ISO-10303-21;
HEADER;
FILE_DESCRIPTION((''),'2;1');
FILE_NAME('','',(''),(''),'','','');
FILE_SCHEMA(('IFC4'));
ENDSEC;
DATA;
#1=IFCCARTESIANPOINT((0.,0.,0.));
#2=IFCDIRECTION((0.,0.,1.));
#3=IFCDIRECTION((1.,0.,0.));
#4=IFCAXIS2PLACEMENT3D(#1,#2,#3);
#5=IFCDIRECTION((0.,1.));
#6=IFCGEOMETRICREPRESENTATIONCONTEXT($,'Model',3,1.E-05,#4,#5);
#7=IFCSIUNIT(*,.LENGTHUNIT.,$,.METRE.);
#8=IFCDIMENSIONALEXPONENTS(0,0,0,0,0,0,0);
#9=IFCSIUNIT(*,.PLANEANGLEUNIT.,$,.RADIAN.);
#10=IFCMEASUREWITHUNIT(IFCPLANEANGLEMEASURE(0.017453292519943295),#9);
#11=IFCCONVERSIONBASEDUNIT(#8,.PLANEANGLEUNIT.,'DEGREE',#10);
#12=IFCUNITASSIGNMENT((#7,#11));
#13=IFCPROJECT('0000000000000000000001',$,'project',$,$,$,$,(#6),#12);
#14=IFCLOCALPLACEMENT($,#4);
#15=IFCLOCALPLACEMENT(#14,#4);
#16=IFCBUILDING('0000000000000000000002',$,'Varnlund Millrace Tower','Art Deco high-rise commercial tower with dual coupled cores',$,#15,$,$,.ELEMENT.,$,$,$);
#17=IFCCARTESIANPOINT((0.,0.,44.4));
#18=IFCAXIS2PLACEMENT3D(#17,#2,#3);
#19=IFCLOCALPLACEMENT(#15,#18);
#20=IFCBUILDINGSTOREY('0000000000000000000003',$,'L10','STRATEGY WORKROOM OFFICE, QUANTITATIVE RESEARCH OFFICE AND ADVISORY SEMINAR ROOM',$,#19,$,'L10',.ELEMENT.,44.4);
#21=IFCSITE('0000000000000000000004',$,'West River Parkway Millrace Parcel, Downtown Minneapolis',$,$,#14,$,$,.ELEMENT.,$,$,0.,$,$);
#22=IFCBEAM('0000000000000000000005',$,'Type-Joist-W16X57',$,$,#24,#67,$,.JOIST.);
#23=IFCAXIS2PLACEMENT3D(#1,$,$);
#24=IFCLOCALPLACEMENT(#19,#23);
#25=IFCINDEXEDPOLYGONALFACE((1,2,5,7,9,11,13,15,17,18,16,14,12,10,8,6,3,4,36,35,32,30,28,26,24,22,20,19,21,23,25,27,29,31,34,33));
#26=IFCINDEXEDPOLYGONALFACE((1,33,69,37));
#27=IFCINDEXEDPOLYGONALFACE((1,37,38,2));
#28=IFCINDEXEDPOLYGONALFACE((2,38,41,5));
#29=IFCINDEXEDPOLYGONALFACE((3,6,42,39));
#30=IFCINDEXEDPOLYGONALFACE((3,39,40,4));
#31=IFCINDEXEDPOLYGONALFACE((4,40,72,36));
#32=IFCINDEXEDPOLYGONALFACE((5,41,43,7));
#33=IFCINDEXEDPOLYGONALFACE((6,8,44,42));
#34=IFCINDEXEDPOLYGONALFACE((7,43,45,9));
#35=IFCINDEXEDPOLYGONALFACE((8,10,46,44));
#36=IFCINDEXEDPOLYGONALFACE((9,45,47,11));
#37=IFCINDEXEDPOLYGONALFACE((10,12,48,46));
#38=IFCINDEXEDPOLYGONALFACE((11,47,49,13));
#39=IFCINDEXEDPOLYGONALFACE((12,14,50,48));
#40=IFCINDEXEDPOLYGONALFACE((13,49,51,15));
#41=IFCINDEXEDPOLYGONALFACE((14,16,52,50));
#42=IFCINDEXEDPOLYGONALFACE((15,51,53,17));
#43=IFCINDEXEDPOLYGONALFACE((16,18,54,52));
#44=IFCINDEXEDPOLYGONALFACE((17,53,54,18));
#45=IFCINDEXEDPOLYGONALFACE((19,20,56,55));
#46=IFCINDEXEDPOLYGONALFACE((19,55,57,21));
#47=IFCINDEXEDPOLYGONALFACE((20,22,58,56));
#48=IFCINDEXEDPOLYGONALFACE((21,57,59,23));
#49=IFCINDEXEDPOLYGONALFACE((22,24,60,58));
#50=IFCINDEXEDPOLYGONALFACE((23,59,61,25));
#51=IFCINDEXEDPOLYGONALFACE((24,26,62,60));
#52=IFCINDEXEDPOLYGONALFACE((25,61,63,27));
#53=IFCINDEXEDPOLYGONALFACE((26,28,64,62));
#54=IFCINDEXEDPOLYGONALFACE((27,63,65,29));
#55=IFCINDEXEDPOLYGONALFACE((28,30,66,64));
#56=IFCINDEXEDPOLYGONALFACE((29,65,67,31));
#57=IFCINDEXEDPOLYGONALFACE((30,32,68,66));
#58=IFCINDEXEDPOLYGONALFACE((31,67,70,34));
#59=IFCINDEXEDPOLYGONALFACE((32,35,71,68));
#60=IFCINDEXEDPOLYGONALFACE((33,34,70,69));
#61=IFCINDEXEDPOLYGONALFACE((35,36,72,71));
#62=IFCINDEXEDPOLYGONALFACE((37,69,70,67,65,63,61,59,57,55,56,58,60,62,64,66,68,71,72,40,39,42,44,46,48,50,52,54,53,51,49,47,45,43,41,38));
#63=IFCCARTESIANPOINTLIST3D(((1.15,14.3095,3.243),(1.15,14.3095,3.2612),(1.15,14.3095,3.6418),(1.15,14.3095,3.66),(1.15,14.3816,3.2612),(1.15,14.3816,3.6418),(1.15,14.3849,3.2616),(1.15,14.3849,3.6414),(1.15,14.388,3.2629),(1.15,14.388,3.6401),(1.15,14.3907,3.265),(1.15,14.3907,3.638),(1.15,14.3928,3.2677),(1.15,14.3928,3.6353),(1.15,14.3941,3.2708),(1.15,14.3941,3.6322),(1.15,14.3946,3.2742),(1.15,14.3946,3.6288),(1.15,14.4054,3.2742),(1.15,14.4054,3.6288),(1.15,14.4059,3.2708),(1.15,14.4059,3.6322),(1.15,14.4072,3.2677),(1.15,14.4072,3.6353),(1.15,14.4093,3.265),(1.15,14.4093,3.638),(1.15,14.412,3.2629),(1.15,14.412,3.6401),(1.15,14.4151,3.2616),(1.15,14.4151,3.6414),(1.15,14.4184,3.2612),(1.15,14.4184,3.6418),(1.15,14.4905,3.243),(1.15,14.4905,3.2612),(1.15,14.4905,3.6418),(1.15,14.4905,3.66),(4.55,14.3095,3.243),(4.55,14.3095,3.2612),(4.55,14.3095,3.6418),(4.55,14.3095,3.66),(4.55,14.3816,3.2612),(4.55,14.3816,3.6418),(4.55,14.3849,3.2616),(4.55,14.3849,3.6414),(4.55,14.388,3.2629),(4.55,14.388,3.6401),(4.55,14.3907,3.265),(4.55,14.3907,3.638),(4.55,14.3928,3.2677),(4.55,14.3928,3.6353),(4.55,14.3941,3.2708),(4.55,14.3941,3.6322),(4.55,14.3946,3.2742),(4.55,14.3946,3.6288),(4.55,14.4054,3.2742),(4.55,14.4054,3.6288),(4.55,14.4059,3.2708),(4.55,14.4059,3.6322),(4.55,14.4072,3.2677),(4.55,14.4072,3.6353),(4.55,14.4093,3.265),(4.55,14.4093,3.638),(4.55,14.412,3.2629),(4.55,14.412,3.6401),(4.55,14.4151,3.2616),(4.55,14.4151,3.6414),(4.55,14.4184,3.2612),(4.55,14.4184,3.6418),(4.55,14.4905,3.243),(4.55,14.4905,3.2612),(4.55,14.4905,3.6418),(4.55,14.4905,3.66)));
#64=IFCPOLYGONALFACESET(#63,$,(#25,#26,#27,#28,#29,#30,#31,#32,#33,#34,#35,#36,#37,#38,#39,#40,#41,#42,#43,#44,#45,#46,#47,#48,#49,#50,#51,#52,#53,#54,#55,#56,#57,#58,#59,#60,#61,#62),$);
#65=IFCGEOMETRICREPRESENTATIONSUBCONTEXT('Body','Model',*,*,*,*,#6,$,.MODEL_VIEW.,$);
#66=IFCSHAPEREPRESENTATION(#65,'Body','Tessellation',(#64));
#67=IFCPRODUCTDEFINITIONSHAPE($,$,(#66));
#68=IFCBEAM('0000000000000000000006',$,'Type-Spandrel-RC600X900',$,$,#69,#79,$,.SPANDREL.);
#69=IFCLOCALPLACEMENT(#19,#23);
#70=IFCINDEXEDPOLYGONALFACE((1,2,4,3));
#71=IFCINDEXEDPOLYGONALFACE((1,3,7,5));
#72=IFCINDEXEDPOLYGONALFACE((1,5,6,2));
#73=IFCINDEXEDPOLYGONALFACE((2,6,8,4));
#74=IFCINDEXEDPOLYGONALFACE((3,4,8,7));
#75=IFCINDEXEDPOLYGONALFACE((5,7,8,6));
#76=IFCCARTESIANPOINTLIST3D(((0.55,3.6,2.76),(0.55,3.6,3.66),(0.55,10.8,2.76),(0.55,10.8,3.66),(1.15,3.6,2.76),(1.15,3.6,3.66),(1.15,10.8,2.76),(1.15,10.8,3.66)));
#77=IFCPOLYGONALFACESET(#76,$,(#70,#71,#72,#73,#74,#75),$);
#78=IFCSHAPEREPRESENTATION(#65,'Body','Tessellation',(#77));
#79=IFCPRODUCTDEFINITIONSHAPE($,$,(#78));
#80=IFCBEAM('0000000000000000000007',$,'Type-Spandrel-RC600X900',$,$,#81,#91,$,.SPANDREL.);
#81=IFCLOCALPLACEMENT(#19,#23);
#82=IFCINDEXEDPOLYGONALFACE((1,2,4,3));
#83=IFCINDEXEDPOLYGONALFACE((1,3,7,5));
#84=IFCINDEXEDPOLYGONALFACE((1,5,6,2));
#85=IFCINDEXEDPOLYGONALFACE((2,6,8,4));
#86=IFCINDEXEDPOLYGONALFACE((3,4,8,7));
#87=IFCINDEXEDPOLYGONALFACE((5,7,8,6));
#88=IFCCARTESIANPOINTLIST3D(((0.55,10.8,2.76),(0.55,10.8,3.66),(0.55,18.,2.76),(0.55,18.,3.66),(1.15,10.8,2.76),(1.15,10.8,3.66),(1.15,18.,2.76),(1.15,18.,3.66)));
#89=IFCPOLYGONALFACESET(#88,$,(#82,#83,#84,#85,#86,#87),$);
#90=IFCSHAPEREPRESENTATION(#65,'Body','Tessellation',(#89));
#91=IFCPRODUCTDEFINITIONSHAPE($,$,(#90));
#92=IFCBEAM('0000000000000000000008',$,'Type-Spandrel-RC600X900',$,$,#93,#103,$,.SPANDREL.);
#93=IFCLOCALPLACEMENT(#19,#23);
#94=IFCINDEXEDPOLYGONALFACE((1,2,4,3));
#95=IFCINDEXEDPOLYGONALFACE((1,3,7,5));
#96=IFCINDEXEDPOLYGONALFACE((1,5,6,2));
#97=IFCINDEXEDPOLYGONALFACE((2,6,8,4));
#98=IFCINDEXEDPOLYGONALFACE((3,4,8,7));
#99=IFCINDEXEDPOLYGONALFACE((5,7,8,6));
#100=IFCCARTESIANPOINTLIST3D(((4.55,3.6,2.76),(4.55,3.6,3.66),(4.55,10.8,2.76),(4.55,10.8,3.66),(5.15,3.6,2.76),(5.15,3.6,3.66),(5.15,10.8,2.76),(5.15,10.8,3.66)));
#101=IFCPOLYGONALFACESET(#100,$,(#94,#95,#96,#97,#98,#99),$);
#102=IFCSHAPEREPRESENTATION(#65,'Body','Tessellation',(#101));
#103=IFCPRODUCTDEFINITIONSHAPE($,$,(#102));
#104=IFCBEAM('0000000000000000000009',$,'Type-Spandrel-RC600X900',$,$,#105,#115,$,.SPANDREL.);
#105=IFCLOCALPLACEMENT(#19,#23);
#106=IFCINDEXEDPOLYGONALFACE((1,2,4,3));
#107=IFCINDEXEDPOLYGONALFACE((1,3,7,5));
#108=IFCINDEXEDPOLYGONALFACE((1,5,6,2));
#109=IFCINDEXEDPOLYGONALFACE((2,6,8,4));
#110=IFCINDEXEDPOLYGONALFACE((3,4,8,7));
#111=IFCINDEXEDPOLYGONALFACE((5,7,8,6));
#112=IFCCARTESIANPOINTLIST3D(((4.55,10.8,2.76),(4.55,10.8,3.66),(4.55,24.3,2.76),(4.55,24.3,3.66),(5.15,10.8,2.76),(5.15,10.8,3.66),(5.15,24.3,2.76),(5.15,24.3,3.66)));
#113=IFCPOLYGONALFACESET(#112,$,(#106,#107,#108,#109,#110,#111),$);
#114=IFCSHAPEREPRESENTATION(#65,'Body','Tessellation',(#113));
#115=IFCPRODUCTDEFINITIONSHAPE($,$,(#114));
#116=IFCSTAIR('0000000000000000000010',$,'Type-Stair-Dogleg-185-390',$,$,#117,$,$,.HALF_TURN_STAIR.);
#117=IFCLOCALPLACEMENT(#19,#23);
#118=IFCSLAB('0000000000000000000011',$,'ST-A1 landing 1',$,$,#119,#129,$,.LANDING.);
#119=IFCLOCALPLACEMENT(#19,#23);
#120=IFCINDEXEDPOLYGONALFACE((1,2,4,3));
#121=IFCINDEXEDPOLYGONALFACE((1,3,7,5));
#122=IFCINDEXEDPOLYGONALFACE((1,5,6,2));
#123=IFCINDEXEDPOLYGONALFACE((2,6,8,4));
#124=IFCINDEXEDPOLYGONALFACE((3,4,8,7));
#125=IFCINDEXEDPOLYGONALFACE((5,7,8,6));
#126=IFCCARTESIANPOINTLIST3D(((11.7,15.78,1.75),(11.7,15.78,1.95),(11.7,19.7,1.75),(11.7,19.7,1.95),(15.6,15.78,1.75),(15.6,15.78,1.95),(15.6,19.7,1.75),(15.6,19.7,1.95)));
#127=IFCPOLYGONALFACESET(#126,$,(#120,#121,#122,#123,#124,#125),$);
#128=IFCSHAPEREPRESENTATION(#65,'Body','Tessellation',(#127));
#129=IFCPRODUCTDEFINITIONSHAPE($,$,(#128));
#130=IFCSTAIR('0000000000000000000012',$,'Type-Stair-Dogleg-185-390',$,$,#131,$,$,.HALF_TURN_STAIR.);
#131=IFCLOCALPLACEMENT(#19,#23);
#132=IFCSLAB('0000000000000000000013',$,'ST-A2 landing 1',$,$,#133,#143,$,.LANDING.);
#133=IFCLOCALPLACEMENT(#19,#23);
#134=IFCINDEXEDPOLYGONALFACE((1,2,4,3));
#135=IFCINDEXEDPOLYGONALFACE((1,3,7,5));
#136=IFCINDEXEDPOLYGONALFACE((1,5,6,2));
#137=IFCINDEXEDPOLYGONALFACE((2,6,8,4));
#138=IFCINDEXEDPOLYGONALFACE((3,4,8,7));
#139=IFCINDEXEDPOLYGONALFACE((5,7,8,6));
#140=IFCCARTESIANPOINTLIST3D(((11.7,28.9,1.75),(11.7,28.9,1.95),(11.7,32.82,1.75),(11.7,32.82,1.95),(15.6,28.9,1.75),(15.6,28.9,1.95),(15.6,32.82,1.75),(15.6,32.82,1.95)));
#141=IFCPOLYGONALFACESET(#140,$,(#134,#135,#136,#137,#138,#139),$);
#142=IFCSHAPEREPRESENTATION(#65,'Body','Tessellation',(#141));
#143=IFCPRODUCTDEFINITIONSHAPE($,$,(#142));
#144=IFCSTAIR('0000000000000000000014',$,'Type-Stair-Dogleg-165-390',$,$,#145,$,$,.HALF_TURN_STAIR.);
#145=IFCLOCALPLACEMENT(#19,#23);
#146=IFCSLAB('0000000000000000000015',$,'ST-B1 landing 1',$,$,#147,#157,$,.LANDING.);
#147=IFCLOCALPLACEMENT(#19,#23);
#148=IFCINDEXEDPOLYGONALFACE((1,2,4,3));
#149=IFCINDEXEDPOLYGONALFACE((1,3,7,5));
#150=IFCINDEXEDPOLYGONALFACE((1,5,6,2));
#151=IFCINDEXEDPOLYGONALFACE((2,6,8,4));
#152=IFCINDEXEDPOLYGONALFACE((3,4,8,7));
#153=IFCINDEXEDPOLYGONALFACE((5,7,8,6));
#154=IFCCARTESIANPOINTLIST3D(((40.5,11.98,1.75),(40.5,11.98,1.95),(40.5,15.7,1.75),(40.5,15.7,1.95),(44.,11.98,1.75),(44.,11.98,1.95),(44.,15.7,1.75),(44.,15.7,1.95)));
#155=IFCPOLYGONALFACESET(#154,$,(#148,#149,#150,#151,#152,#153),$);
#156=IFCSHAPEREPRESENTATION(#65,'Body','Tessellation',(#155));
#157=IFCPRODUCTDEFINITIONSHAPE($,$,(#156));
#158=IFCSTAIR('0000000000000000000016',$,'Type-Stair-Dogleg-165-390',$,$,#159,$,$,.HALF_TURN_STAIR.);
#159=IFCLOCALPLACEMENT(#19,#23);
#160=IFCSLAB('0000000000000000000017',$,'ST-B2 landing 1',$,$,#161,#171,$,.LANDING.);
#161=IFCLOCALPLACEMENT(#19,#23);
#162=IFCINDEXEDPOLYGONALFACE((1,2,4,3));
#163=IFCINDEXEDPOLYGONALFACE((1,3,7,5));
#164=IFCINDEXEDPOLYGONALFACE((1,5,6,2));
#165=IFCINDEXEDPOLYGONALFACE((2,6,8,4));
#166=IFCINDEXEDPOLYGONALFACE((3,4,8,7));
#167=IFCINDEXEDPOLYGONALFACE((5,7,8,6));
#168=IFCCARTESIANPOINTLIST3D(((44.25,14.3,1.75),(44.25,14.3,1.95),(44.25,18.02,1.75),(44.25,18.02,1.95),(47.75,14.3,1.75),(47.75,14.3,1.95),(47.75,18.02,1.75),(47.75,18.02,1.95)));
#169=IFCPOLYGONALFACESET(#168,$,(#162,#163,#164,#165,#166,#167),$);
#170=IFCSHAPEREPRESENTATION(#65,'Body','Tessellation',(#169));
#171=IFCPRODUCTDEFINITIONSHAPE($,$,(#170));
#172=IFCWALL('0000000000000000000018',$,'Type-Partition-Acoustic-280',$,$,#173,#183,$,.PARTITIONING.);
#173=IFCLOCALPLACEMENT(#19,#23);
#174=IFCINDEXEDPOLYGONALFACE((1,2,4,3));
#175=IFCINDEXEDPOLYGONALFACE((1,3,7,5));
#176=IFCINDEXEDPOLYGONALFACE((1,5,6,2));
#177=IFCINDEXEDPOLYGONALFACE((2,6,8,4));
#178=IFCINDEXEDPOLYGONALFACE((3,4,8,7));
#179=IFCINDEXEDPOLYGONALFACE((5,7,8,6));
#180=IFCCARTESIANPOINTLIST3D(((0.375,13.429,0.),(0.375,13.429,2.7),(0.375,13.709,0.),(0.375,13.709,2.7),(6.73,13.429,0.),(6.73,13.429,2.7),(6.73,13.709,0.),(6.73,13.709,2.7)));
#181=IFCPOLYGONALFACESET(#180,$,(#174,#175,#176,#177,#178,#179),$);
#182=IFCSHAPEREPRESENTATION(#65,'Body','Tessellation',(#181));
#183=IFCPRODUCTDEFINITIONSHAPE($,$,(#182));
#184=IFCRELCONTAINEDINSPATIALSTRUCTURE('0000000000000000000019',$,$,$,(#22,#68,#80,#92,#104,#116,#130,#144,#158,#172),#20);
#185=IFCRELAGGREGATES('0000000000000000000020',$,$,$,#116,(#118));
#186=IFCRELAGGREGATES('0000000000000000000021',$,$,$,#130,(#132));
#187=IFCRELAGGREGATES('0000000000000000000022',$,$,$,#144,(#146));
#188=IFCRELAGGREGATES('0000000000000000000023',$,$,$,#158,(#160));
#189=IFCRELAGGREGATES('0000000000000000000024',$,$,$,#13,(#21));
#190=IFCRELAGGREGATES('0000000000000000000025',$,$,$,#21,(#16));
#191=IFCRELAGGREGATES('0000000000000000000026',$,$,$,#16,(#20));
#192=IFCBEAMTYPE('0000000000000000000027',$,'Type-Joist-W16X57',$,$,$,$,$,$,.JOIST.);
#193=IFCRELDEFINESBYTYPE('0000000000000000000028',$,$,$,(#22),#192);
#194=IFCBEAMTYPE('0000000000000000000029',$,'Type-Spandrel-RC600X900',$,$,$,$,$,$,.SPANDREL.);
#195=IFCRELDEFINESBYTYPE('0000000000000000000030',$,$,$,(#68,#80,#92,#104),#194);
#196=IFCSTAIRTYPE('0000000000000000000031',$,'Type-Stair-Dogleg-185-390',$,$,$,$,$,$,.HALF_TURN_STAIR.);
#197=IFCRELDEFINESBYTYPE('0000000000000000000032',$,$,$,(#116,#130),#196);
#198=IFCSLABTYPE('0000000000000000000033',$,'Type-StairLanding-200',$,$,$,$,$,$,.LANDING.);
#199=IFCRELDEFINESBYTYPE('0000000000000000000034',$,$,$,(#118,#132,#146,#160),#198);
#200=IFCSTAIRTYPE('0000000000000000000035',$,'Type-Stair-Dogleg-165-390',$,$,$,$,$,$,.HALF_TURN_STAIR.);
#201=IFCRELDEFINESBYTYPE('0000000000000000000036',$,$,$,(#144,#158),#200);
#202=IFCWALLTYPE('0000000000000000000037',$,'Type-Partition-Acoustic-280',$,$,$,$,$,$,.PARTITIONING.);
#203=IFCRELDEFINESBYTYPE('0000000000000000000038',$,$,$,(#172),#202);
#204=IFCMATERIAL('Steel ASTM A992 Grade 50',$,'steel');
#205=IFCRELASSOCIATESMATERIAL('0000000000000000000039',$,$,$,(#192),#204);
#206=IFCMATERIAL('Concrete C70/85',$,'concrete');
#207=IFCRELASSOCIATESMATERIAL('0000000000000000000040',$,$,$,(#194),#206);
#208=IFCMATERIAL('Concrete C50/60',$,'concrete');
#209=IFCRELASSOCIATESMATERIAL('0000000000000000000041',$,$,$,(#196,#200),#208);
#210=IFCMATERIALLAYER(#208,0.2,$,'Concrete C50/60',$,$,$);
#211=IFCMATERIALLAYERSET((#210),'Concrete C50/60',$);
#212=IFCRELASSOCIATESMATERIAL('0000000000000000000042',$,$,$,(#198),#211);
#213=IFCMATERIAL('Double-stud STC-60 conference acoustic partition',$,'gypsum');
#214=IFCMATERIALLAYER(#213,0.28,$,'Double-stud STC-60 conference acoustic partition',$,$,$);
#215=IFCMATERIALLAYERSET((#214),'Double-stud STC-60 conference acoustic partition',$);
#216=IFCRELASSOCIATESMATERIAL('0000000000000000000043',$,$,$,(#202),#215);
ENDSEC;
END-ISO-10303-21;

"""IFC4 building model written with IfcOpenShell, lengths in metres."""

from ifc_helpers import new_model, entity, si_unit, converted_unit, direction, frame, origin_with_axes, origin_2d_with_axis, place, context, subcontext, project, spatial, polyline, rectangle, i_section, outline, extrude, material, layer, layer_set, material_profile, profile_set, type_object, element, aggregate, save


model = new_model("IFC4")

# Units and contexts
model_context = context("Model", 3, precision=1e-05, world=origin_with_axes(), true_north=direction((0.0, 1.0)))
body_context = subcontext(model_context, "Body", "Model", "MODEL_VIEW")
ifc_project = project(units=[si_unit("LENGTHUNIT", "METRE"), converted_unit("PLANEANGLEUNIT", "DEGREE", entity("IfcPlaneAngleMeasure", 0.017453292519943295), si_unit("PLANEANGLEUNIT", "RADIAN"), dimensions=[0, 0, 0, 0, 0, 0, 0])], contexts=[model_context])

# Site, building, storey
site_placement = place(None, origin_with_axes())
site = spatial("IfcSite", under=ifc_project, at=site_placement, Name="West River Parkway Millrace Parcel, Downtown Minneapolis", CompositionType="ELEMENT", RefElevation=0.0)
building_placement = place(site_placement, origin_with_axes())
building = spatial("IfcBuilding", under=site, at=building_placement, Name="Varnlund Millrace Tower", Description="Art Deco high-rise commercial tower with dual coupled cores", CompositionType="ELEMENT")
storey_placement = place(building_placement, frame((0.0, 0.0, 44.4), z_axis=(0.0, 0.0, 1.0), x_axis=(1.0, 0.0, 0.0)))
storey = spatial("IfcBuildingStorey", under=building, at=storey_placement, Name="L10", Description="STRATEGY WORKROOM OFFICE, QUANTITATIVE RESEARCH OFFICE AND ADVISORY SEMINAR ROOM", LongName="L10", CompositionType="ELEMENT", Elevation=44.4)

# Beams
ifc_material_1 = material(Name="Steel ASTM A992 Grade 50", Category="steel")
ifc_material_profile_1 = material_profile(ifc_material_1, i_section(OverallWidth=0.181, OverallDepth=0.417, WebThickness=0.0109, FlangeThickness=0.0182, FilletRadius=0.013, at=origin_2d_with_axis()), Name="Steel ASTM A992 Grade 50")
ifc_profile_set_1 = profile_set([ifc_material_profile_1], Name="Steel ASTM A992 Grade 50")
beam_type_1 = type_object("IfcBeamType", Name="Type-Joist-W16X57", PredefinedType="JOIST", material=ifc_profile_set_1)
for number, where, z_axis, x_axis, name in (
    (1, (1.15, 14.4, 3.4515), (1.0, 0.0, 0.0), (0.0, 1.0, 0.0), "Type-Joist-W16X57"),
):
    element("IfcBeam", number, at=place(storey_placement, frame(where, z_axis=z_axis, x_axis=x_axis)), inside=storey, type_object=beam_type_1, Name=name, PredefinedType="JOIST", context=body_context, shape_type="SweptSolid", body=[
        extrude(i_section(OverallWidth=0.181, OverallDepth=0.417, WebThickness=0.0109, FlangeThickness=0.0182, FilletRadius=0.013, at=origin_2d_with_axis()), origin_with_axes(), (0.0, 0.0, 1.0), 3.4),
    ])
ifc_material_2 = material(Name="Concrete C70/85", Category="concrete")
ifc_material_profile_2 = material_profile(ifc_material_2, rectangle(XDim=0.6, YDim=0.9, at=origin_2d_with_axis()), Name="Concrete C70/85")
ifc_profile_set_2 = profile_set([ifc_material_profile_2], Name="Concrete C70/85")
beam_type_2 = type_object("IfcBeamType", Name="Type-Spandrel-RC600X900", PredefinedType="SPANDREL", material=ifc_profile_set_2)
for number, where, z_axis, x_axis, name in (
    (2, (0.85, 3.6, 3.21), (0.0, 1.0, 0.0), (-1.0, 0.0, 0.0), "Type-Spandrel-RC600X900"),
    (3, (0.85, 10.8, 3.21), (0.0, 1.0, 0.0), (-1.0, 0.0, 0.0), "Type-Spandrel-RC600X900"),
    (4, (4.85, 3.6, 3.21), (0.0, 1.0, 0.0), (-1.0, 0.0, 0.0), "Type-Spandrel-RC600X900"),
):
    element("IfcBeam", number, at=place(storey_placement, frame(where, z_axis=z_axis, x_axis=x_axis)), inside=storey, type_object=beam_type_2, Name=name, PredefinedType="SPANDREL", context=body_context, shape_type="SweptSolid", body=[
        extrude(rectangle(XDim=0.6, YDim=0.9, at=origin_2d_with_axis()), origin_with_axes(), (0.0, 0.0, 1.0), 7.2),
    ])
beam_placement = place(storey_placement, frame((4.85, 10.8, 3.21), z_axis=(0.0, 1.0, 0.0), x_axis=(-1.0, 0.0, 0.0)))
element("IfcBeam", 5, at=beam_placement, inside=storey, type_object=beam_type_2, Name="Type-Spandrel-RC600X900", PredefinedType="SPANDREL", context=body_context, shape_type="SweptSolid", body=[
    extrude(rectangle(XDim=0.6, YDim=0.9, at=origin_2d_with_axis()), origin_with_axes(), (0.0, 0.0, 1.0), 13.5),
])

# Stairs, slabs
ifc_material_3 = material(Name="Concrete C50/60", Category="concrete")
stair_type_1 = type_object("IfcStairType", Name="Type-Stair-Dogleg-185-390", PredefinedType="HALF_TURN_STAIR", material=ifc_material_3)
stair_1_placement = place(storey_placement, origin_with_axes())
stair_1 = element("IfcStair", 6, at=stair_1_placement, inside=storey, type_object=stair_type_1, Name="Type-Stair-Dogleg-185-390", PredefinedType="HALF_TURN_STAIR")
ifc_layer_1 = layer(ifc_material_3, 0.2, Name="Concrete C50/60")
ifc_layer_set_1 = layer_set([ifc_layer_1], Name="Concrete C50/60")
slab_type = type_object("IfcSlabType", Name="Type-StairLanding-200", PredefinedType="LANDING", material=ifc_layer_set_1)
slab_1_placement = place(storey_placement, frame((0.0, 0.0, 1.75), z_axis=(0.0, 0.0, 1.0), x_axis=(1.0, 0.0, 0.0)))
slab_1 = element("IfcSlab", 7, at=slab_1_placement, type_object=slab_type, Name="ST-A1 landing 1", PredefinedType="LANDING", context=body_context, shape_type="SweptSolid", body=[
    extrude(outline(polyline([(15.6, 15.78), (15.6, 19.7), (11.7, 19.7), (11.7, 15.78), (15.6, 15.78)])), origin_with_axes(), (0.0, 0.0, 1.0), 0.2),
])
aggregate(stair_1, [slab_1])
stair_2_placement = place(storey_placement, origin_with_axes())
stair_2 = element("IfcStair", 8, at=stair_2_placement, inside=storey, type_object=stair_type_1, Name="Type-Stair-Dogleg-185-390", PredefinedType="HALF_TURN_STAIR")
slab_2_placement = place(storey_placement, frame((0.0, 0.0, 1.75), z_axis=(0.0, 0.0, 1.0), x_axis=(1.0, 0.0, 0.0)))
slab_2 = element("IfcSlab", 9, at=slab_2_placement, type_object=slab_type, Name="ST-A2 landing 1", PredefinedType="LANDING", context=body_context, shape_type="SweptSolid", body=[
    extrude(outline(polyline([(11.7, 32.82), (11.7, 28.9), (15.6, 28.9), (15.6, 32.82), (11.7, 32.82)])), origin_with_axes(), (0.0, 0.0, 1.0), 0.2),
])
aggregate(stair_2, [slab_2])
stair_type_2 = type_object("IfcStairType", Name="Type-Stair-Dogleg-165-390", PredefinedType="HALF_TURN_STAIR", material=ifc_material_3)
stair_3_placement = place(storey_placement, origin_with_axes())
stair_3 = element("IfcStair", 10, at=stair_3_placement, inside=storey, type_object=stair_type_2, Name="Type-Stair-Dogleg-165-390", PredefinedType="HALF_TURN_STAIR")
slab_3_placement = place(storey_placement, frame((0.0, 0.0, 1.75), z_axis=(0.0, 0.0, 1.0), x_axis=(1.0, 0.0, 0.0)))
slab_3 = element("IfcSlab", 11, at=slab_3_placement, type_object=slab_type, Name="ST-B1 landing 1", PredefinedType="LANDING", context=body_context, shape_type="SweptSolid", body=[
    extrude(outline(polyline([(44.0, 11.98), (44.0, 15.7), (40.5, 15.7), (40.5, 11.98), (44.0, 11.98)])), origin_with_axes(), (0.0, 0.0, 1.0), 0.2),
])
aggregate(stair_3, [slab_3])
stair_4_placement = place(storey_placement, origin_with_axes())
stair_4 = element("IfcStair", 12, at=stair_4_placement, inside=storey, type_object=stair_type_2, Name="Type-Stair-Dogleg-165-390", PredefinedType="HALF_TURN_STAIR")
slab_4_placement = place(storey_placement, frame((0.0, 0.0, 1.75), z_axis=(0.0, 0.0, 1.0), x_axis=(1.0, 0.0, 0.0)))
slab_4 = element("IfcSlab", 13, at=slab_4_placement, type_object=slab_type, Name="ST-B2 landing 1", PredefinedType="LANDING", context=body_context, shape_type="SweptSolid", body=[
    extrude(outline(polyline([(44.25, 18.02), (44.25, 14.3), (47.75, 14.3), (47.75, 18.02), (44.25, 18.02)])), origin_with_axes(), (0.0, 0.0, 1.0), 0.2),
])
aggregate(stair_4, [slab_4])

# Wall
ifc_material_4 = material(Name="Double-stud STC-60 conference acoustic partition", Category="gypsum")
ifc_layer_2 = layer(ifc_material_4, 0.28, Name="Double-stud STC-60 conference acoustic partition")
ifc_layer_set_2 = layer_set([ifc_layer_2], Name="Double-stud STC-60 conference acoustic partition")
wall_type_1 = type_object("IfcWallType", Name="Type-Partition-Acoustic-280", PredefinedType="PARTITIONING", material=ifc_layer_set_2)
wall_1_placement = place(storey_placement, frame((0.375, 13.569, 0.0), z_axis=(0.0, 0.0, 1.0), x_axis=(1.0, 0.0, 0.0)))
element("IfcWall", 14, at=wall_1_placement, inside=storey, type_object=wall_type_1, Name="Type-Partition-Acoustic-280", PredefinedType="PARTITIONING", context=body_context, shape_type="SweptSolid", body=[
    extrude(outline(polyline([(0.0, -0.14), (6.355, -0.14), (6.355, 0.14), (0.0, 0.14), (0.0, -0.14)])), origin_with_axes(), (0.0, 0.0, 1.0), 2.7),
])

save(model, "model.ifc")
